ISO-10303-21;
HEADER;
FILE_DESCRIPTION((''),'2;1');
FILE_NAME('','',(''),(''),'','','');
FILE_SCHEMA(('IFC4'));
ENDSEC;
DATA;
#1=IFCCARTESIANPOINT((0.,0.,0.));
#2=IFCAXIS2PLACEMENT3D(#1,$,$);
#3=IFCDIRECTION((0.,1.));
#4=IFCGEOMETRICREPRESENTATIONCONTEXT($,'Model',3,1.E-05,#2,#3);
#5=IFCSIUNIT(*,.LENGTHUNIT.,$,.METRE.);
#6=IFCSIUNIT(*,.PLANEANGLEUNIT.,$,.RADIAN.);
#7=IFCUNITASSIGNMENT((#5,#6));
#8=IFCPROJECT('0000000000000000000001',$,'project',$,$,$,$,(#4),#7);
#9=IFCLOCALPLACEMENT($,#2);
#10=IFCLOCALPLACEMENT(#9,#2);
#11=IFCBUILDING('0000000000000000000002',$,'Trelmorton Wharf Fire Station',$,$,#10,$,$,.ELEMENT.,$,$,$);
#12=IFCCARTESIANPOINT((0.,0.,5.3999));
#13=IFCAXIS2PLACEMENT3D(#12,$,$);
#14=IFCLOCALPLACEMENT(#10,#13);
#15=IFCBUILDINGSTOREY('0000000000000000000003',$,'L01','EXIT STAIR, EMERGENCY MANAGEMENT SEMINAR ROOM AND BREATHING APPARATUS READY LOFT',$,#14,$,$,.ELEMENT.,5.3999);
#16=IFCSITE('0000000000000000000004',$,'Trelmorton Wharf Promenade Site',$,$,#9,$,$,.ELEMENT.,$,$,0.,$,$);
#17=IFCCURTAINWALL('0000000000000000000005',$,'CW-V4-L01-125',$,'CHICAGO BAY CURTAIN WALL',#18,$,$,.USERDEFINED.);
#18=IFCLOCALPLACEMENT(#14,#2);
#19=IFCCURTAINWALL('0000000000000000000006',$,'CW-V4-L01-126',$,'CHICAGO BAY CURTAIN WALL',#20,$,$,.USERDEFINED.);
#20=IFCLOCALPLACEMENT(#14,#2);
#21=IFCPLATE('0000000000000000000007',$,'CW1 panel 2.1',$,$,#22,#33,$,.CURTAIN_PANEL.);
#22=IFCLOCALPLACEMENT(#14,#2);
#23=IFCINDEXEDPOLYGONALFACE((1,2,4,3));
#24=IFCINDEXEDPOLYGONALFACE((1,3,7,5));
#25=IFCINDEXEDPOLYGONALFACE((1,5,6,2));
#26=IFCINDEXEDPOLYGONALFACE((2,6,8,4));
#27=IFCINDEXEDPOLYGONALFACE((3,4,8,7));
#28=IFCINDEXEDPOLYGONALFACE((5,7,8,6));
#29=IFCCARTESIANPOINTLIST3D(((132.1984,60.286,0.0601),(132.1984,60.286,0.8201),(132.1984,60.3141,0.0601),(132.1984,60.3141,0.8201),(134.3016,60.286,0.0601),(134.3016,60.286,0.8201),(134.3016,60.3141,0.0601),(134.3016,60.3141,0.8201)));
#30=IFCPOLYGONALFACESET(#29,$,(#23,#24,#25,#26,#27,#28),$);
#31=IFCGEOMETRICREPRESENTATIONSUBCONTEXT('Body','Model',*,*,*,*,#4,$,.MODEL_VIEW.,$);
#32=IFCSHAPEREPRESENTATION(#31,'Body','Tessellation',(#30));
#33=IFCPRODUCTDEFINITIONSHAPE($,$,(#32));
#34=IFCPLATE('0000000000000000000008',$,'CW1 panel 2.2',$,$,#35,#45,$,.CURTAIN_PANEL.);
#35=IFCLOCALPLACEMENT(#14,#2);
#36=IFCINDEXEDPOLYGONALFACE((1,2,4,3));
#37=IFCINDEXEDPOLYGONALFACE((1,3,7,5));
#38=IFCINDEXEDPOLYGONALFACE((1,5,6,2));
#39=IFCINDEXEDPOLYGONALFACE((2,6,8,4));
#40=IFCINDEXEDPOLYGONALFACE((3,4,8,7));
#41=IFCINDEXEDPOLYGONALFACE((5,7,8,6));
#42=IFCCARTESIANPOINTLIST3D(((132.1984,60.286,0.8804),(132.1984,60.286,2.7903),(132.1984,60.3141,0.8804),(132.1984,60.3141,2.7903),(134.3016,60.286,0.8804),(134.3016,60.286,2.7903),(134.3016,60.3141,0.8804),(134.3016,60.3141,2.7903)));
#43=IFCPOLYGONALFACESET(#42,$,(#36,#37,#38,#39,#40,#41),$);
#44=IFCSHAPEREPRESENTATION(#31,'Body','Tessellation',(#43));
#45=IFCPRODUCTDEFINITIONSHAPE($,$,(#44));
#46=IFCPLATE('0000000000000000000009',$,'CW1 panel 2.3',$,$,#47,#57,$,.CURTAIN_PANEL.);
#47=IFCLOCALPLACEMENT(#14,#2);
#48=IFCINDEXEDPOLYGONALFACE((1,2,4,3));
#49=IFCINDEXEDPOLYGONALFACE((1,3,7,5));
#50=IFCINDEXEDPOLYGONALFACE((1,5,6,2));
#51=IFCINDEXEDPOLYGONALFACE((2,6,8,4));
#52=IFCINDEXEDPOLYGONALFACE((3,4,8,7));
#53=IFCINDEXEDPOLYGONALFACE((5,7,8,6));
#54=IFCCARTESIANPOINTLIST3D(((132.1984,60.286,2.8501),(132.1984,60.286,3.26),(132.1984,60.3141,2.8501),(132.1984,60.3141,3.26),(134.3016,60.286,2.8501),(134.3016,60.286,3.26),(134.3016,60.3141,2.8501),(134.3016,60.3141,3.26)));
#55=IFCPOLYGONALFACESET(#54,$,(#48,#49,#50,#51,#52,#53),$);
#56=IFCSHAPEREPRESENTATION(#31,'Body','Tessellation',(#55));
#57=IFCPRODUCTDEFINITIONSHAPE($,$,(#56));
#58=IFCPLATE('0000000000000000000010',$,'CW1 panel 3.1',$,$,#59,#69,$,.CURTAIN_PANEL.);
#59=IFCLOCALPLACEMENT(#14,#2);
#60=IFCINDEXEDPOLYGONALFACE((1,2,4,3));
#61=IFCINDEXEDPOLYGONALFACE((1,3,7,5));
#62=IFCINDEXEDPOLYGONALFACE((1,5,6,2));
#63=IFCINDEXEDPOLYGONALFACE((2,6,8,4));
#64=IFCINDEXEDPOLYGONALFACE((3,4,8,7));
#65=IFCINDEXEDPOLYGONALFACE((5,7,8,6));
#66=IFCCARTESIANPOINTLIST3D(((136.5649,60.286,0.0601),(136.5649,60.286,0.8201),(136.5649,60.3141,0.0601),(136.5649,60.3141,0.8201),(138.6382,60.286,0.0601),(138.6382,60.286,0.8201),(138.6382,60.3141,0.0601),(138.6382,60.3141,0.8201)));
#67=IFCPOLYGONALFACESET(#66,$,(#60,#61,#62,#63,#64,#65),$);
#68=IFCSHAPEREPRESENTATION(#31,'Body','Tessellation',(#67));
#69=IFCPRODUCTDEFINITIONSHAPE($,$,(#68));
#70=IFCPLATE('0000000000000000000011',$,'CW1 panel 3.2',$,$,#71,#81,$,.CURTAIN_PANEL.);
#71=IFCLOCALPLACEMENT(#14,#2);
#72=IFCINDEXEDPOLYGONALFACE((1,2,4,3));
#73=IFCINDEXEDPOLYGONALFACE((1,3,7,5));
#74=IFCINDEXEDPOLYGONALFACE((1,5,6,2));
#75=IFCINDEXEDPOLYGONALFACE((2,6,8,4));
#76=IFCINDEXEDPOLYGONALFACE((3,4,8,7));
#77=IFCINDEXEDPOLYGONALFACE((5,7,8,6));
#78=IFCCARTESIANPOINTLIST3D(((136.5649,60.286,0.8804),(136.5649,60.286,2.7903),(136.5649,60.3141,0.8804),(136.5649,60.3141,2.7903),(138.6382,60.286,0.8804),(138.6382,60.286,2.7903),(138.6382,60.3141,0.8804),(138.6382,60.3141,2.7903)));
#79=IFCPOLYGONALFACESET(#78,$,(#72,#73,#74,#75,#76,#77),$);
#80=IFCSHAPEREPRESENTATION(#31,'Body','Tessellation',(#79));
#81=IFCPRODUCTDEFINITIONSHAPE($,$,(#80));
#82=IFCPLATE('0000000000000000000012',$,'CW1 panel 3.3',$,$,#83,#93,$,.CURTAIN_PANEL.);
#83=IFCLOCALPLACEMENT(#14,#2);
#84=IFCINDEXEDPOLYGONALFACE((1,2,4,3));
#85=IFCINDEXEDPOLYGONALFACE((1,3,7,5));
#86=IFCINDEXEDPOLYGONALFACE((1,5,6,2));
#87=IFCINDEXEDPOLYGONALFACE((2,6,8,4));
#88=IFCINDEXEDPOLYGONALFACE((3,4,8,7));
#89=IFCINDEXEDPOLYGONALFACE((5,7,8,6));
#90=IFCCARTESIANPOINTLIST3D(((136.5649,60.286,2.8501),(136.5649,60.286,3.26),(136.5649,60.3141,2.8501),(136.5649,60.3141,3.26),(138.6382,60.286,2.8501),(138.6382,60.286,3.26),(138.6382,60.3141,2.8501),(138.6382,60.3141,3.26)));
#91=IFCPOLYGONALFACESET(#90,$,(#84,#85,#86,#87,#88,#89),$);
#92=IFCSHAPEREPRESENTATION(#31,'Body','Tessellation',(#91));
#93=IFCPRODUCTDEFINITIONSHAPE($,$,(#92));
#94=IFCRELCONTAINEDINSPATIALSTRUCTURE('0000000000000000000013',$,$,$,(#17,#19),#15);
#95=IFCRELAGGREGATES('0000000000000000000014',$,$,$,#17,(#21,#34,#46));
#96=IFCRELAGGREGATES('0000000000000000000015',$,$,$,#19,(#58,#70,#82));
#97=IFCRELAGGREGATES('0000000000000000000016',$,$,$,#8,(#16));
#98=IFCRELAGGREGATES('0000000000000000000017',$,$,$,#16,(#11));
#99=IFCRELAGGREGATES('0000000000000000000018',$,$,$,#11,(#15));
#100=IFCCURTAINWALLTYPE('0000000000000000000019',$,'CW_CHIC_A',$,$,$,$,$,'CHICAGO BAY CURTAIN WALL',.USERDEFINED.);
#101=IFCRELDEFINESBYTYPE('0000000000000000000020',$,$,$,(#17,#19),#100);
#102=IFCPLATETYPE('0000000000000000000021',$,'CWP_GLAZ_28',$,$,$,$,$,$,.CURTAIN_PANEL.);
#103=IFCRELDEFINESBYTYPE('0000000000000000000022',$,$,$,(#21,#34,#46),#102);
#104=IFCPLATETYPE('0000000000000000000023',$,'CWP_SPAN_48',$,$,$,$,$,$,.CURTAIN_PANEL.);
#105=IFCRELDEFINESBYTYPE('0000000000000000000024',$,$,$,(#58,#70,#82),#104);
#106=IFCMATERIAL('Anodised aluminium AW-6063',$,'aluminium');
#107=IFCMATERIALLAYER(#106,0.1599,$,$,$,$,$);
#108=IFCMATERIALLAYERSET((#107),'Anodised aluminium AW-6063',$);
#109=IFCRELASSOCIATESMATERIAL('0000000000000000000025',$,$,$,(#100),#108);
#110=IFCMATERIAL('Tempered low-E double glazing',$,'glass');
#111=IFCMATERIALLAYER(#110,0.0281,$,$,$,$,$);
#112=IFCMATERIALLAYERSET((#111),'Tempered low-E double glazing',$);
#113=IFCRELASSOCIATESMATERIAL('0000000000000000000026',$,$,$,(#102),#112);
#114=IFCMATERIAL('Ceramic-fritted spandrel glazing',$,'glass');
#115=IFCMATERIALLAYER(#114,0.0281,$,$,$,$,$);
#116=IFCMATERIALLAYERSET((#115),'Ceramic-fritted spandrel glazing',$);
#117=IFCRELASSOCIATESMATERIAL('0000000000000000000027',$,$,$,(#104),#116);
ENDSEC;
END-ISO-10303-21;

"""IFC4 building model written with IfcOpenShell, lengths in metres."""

from ifc_helpers import new_model, si_unit, direction, frame, origin, origin_2d, place, context, subcontext, project, spatial, rectangle, extrude, material, layer, layer_set, type_object, element, aggregate, save


model = new_model("IFC4")

# Units and contexts
model_context = context("Model", 3, precision=1e-05, world=origin(), true_north=direction((0.0, 1.0)))
body_context = subcontext(model_context, "Body", "Model", "MODEL_VIEW")
ifc_project = project(units=[si_unit("LENGTHUNIT", "METRE"), si_unit("PLANEANGLEUNIT", "RADIAN")], contexts=[model_context])

# Site, building, storey
site_placement = place(None, origin())
site = spatial("IfcSite", under=ifc_project, at=site_placement, Name="Trelmorton Wharf Promenade Site", CompositionType="ELEMENT", RefElevation=0.0)
building_placement = place(site_placement, origin())
building = spatial("IfcBuilding", under=site, at=building_placement, Name="Trelmorton Wharf Fire Station", CompositionType="ELEMENT")
storey_placement = place(building_placement, frame((0.0, 0.0, 5.3999)))
storey = spatial("IfcBuildingStorey", under=building, at=storey_placement, Name="L01", Description="EXIT STAIR, EMERGENCY MANAGEMENT SEMINAR ROOM AND BREATHING APPARATUS READY LOFT", CompositionType="ELEMENT", Elevation=5.3999)

# Curtain walls
ifc_material_1 = material(Name="Anodised aluminium AW-6063", Category="aluminium")
ifc_layer_1 = layer(ifc_material_1, 0.1599)
ifc_layer_set_1 = layer_set([ifc_layer_1], Name="Anodised aluminium AW-6063")
curtain_wall_type = type_object("IfcCurtainWallType", Name="CW_CHIC_A", ElementType="CHICAGO BAY CURTAIN WALL", PredefinedType="USERDEFINED", material=ifc_layer_set_1)
curtain_wall_1_placement = place(storey_placement, origin())
curtain_wall_1 = element("IfcCurtainWall", 1, at=curtain_wall_1_placement, inside=storey, type_object=curtain_wall_type, Name="CW-V4-L01-125", ObjectType="CHICAGO BAY CURTAIN WALL", PredefinedType="USERDEFINED")
curtain_wall_2_placement = place(storey_placement, origin())
curtain_wall_2 = element("IfcCurtainWall", 2, at=curtain_wall_2_placement, inside=storey, type_object=curtain_wall_type, Name="CW-V4-L01-126", ObjectType="CHICAGO BAY CURTAIN WALL", PredefinedType="USERDEFINED")

# Plates
ifc_material_2 = material(Name="Tempered low-E double glazing", Category="glass")
ifc_layer_2 = layer(ifc_material_2, 0.0281)
ifc_layer_set_2 = layer_set([ifc_layer_2], Name="Tempered low-E double glazing")
plate_type_1 = type_object("IfcPlateType", Name="CWP_GLAZ_28", PredefinedType="CURTAIN_PANEL", material=ifc_layer_set_2)
plate_1_placement = place(storey_placement, frame((133.25, 60.3, 0.0601), z_axis=(0.0, 0.0, 1.0), x_axis=(-1.0, 0.0, 0.0)))
plate_1 = element("IfcPlate", 3, at=plate_1_placement, type_object=plate_type_1, Name="CW1 panel 2.1", PredefinedType="CURTAIN_PANEL", context=body_context, shape_type="SweptSolid", body=[
    extrude(rectangle(XDim=2.1033, YDim=0.0281, at=origin_2d()), origin(), (0.0, 0.0, 1.0), 0.76),
])
plate_2_placement = place(storey_placement, frame((133.25, 60.3, 0.8804), z_axis=(0.0, 0.0, 1.0), x_axis=(-1.0, 0.0, 0.0)))
plate_2 = element("IfcPlate", 4, at=plate_2_placement, type_object=plate_type_1, Name="CW1 panel 2.2", PredefinedType="CURTAIN_PANEL", context=body_context, shape_type="SweptSolid", body=[
    extrude(rectangle(XDim=2.1033, YDim=0.0281, at=origin_2d()), origin(), (0.0, 0.0, 1.0), 1.9099),
])
plate_3_placement = place(storey_placement, frame((133.25, 60.3, 2.8501), z_axis=(0.0, 0.0, 1.0), x_axis=(-1.0, 0.0, 0.0)))
plate_3 = element("IfcPlate", 5, at=plate_3_placement, type_object=plate_type_1, Name="CW1 panel 2.3", PredefinedType="CURTAIN_PANEL", context=body_context, shape_type="SweptSolid", body=[
    extrude(rectangle(XDim=2.1033, YDim=0.0281, at=origin_2d()), origin(), (0.0, 0.0, 1.0), 0.4099),
])
aggregate(curtain_wall_1, [plate_1, plate_2, plate_3])
ifc_material_3 = material(Name="Ceramic-fritted spandrel glazing", Category="glass")
ifc_layer_3 = layer(ifc_material_3, 0.0281)
ifc_layer_set_3 = layer_set([ifc_layer_3], Name="Ceramic-fritted spandrel glazing")
plate_type_2 = type_object("IfcPlateType", Name="CWP_SPAN_48", PredefinedType="CURTAIN_PANEL", material=ifc_layer_set_3)
plate_4_placement = place(storey_placement, frame((137.6016, 60.3, 0.0601), z_axis=(0.0, 0.0, 1.0), x_axis=(-1.0, 0.0, 0.0)))
plate_4 = element("IfcPlate", 6, at=plate_4_placement, type_object=plate_type_2, Name="CW1 panel 3.1", PredefinedType="CURTAIN_PANEL", context=body_context, shape_type="SweptSolid", body=[
    extrude(rectangle(XDim=2.0732, YDim=0.0281, at=origin_2d()), origin(), (0.0, 0.0, 1.0), 0.76),
])
plate_5_placement = place(storey_placement, frame((137.6016, 60.3, 0.8804), z_axis=(0.0, 0.0, 1.0), x_axis=(-1.0, 0.0, 0.0)))
plate_5 = element("IfcPlate", 7, at=plate_5_placement, type_object=plate_type_2, Name="CW1 panel 3.2", PredefinedType="CURTAIN_PANEL", context=body_context, shape_type="SweptSolid", body=[
    extrude(rectangle(XDim=2.0732, YDim=0.0281, at=origin_2d()), origin(), (0.0, 0.0, 1.0), 1.9099),
])
plate_6_placement = place(storey_placement, frame((137.6016, 60.3, 2.8501), z_axis=(0.0, 0.0, 1.0), x_axis=(-1.0, 0.0, 0.0)))
plate_6 = element("IfcPlate", 8, at=plate_6_placement, type_object=plate_type_2, Name="CW1 panel 3.3", PredefinedType="CURTAIN_PANEL", context=body_context, shape_type="SweptSolid", body=[
    extrude(rectangle(XDim=2.0732, YDim=0.0281, at=origin_2d()), origin(), (0.0, 0.0, 1.0), 0.4099),
])
aggregate(curtain_wall_2, [plate_4, plate_5, plate_6])

save(model, "model.ifc")
